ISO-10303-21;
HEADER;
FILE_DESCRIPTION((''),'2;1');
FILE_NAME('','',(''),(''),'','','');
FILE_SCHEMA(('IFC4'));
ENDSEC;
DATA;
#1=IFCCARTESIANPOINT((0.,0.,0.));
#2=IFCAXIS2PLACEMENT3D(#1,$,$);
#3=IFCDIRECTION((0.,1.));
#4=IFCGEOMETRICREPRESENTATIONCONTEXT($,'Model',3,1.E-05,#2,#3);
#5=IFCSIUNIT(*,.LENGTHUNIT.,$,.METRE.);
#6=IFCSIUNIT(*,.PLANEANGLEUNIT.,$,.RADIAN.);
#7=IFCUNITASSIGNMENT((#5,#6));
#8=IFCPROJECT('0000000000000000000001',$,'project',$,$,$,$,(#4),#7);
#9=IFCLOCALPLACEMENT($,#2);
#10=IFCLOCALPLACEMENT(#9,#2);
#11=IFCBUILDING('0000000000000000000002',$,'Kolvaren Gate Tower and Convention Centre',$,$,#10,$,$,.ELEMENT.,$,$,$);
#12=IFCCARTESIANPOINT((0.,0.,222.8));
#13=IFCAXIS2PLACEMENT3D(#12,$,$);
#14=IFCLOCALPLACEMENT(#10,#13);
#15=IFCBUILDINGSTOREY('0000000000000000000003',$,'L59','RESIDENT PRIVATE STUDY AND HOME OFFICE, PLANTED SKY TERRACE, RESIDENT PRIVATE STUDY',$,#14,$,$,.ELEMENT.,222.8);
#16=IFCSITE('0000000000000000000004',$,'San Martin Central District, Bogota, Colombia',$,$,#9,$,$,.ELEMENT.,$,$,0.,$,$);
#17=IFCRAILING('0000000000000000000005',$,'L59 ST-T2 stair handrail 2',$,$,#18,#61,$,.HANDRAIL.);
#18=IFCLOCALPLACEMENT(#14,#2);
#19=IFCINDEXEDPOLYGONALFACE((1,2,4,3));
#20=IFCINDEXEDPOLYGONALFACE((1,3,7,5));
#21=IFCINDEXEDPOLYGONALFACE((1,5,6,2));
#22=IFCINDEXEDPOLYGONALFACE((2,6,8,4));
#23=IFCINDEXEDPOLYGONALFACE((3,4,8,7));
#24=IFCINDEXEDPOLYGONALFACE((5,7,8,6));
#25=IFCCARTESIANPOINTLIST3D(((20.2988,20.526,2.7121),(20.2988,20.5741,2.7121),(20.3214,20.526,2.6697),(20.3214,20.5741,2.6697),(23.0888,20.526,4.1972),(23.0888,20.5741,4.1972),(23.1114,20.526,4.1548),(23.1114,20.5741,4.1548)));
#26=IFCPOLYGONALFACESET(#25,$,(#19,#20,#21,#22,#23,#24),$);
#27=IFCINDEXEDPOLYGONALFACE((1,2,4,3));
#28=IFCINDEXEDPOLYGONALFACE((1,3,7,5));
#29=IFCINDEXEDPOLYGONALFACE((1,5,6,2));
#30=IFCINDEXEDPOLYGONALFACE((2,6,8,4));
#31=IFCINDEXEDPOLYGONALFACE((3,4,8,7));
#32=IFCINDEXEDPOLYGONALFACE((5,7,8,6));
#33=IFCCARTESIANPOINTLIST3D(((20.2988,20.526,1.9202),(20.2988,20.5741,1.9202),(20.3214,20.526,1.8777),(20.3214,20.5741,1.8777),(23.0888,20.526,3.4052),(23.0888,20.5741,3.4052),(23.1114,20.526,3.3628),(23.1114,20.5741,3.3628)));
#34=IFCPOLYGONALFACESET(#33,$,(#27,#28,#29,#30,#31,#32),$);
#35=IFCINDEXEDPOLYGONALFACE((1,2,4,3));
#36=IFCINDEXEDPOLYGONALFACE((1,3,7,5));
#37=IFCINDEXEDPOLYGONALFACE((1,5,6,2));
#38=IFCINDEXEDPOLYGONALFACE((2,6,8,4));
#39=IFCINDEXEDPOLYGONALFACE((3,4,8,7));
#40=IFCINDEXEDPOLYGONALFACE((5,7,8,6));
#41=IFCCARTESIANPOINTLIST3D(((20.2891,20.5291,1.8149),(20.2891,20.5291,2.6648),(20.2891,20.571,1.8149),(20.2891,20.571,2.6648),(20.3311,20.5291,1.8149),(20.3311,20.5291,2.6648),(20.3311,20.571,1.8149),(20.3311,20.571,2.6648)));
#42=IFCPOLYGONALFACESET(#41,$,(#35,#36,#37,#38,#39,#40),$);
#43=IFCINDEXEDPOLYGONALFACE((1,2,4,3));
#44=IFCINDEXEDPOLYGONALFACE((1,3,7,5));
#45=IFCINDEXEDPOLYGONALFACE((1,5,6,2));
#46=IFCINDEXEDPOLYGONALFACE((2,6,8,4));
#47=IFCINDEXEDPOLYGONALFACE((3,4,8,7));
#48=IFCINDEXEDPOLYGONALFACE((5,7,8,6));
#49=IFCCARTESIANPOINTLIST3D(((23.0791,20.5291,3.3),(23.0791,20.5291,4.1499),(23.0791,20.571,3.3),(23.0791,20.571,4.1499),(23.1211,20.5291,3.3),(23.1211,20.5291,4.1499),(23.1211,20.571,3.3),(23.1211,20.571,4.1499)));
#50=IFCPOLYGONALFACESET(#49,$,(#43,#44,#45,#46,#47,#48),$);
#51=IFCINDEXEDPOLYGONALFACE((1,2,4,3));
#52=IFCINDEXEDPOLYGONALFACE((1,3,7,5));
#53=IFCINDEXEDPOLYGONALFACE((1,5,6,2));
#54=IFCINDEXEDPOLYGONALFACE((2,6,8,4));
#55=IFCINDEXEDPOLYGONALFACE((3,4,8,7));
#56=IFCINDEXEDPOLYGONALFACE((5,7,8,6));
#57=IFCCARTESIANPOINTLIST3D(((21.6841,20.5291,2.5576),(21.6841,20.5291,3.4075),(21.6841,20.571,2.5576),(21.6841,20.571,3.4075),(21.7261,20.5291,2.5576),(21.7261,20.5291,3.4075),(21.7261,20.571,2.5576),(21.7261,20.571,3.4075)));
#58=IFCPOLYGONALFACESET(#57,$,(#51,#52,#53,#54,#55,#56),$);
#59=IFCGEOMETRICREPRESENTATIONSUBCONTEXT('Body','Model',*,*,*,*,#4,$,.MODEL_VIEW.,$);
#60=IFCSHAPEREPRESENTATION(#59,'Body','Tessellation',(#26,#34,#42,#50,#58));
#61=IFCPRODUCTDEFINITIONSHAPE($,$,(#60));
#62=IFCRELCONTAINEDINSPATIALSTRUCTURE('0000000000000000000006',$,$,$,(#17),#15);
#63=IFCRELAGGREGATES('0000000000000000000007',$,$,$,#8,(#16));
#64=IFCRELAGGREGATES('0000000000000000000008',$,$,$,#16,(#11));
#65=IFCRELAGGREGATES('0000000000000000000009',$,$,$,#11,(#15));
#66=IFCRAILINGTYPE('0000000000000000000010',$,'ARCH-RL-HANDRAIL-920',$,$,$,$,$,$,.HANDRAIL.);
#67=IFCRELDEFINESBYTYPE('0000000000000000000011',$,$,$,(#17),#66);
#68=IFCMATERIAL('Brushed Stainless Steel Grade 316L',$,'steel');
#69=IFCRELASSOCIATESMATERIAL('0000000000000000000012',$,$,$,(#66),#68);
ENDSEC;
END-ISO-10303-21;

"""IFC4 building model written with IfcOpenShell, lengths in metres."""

from ifc_helpers import new_model, si_unit, direction, frame, origin, origin_2d, place, context, subcontext, project, spatial, rectangle, extrude, material, type_object, element, save


model = new_model("IFC4")

# Units and contexts
model_context = context("Model", 3, precision=1e-05, world=origin(), true_north=direction((0.0, 1.0)))
body_context = subcontext(model_context, "Body", "Model", "MODEL_VIEW")
ifc_project = project(units=[si_unit("LENGTHUNIT", "METRE"), si_unit("PLANEANGLEUNIT", "RADIAN")], contexts=[model_context])

# Site, building, storey
site_placement = place(None, origin())
site = spatial("IfcSite", under=ifc_project, at=site_placement, Name="San Martin Central District, Bogota, Colombia", CompositionType="ELEMENT", RefElevation=0.0)
building_placement = place(site_placement, origin())
building = spatial("IfcBuilding", under=site, at=building_placement, Name="Kolvaren Gate Tower and Convention Centre", CompositionType="ELEMENT")
storey_placement = place(building_placement, frame((0.0, 0.0, 222.8)))
storey = spatial("IfcBuildingStorey", under=building, at=storey_placement, Name="L59", Description="RESIDENT PRIVATE STUDY AND HOME OFFICE, PLANTED SKY TERRACE, RESIDENT PRIVATE STUDY", CompositionType="ELEMENT", Elevation=222.8)

# Shared definitions
ifc_material_1 = material(Name="Brushed Stainless Steel Grade 316L", Category="steel")

# Railing
railing_type_1 = type_object("IfcRailingType", Name="ARCH-RL-HANDRAIL-920", PredefinedType="HANDRAIL", material=ifc_material_1)
railing_1_placement = place(storey_placement, frame((20.3101, 20.55, 1.8149)))
element("IfcRailing", 1, at=railing_1_placement, inside=storey, type_object=railing_type_1, Name="L59 ST-T2 stair handrail 2", PredefinedType="HANDRAIL", context=body_context, shape_type="SweptSolid", body=[
    extrude(rectangle(XDim=0.0481, YDim=0.0481, at=origin_2d()), frame((0.0, 0.0, 0.876), z_axis=(0.882735, 0.0, 0.46987), x_axis=(0.0, 1.0, 0.0)), (0.0, 0.0, 1.0), 3.1606),
    extrude(rectangle(XDim=0.0481, YDim=0.0481, at=origin_2d()), frame((0.0, 0.0, 0.084), z_axis=(0.882735, 0.0, 0.46987), x_axis=(0.0, 1.0, 0.0)), (0.0, 0.0, 1.0), 3.1606),
    extrude(rectangle(XDim=0.042, YDim=0.042, at=origin_2d()), origin(), (0.0, 0.0, 1.0), 0.8499),
    extrude(rectangle(XDim=0.042, YDim=0.042, at=origin_2d()), frame((2.79, 0.0, 1.4851)), (0.0, 0.0, 1.0), 0.8499),
    extrude(rectangle(XDim=0.042, YDim=0.042, at=origin_2d()), frame((1.395, 0.0, 0.7427)), (0.0, 0.0, 1.0), 0.8499),
])

save(model, "model.ifc")
